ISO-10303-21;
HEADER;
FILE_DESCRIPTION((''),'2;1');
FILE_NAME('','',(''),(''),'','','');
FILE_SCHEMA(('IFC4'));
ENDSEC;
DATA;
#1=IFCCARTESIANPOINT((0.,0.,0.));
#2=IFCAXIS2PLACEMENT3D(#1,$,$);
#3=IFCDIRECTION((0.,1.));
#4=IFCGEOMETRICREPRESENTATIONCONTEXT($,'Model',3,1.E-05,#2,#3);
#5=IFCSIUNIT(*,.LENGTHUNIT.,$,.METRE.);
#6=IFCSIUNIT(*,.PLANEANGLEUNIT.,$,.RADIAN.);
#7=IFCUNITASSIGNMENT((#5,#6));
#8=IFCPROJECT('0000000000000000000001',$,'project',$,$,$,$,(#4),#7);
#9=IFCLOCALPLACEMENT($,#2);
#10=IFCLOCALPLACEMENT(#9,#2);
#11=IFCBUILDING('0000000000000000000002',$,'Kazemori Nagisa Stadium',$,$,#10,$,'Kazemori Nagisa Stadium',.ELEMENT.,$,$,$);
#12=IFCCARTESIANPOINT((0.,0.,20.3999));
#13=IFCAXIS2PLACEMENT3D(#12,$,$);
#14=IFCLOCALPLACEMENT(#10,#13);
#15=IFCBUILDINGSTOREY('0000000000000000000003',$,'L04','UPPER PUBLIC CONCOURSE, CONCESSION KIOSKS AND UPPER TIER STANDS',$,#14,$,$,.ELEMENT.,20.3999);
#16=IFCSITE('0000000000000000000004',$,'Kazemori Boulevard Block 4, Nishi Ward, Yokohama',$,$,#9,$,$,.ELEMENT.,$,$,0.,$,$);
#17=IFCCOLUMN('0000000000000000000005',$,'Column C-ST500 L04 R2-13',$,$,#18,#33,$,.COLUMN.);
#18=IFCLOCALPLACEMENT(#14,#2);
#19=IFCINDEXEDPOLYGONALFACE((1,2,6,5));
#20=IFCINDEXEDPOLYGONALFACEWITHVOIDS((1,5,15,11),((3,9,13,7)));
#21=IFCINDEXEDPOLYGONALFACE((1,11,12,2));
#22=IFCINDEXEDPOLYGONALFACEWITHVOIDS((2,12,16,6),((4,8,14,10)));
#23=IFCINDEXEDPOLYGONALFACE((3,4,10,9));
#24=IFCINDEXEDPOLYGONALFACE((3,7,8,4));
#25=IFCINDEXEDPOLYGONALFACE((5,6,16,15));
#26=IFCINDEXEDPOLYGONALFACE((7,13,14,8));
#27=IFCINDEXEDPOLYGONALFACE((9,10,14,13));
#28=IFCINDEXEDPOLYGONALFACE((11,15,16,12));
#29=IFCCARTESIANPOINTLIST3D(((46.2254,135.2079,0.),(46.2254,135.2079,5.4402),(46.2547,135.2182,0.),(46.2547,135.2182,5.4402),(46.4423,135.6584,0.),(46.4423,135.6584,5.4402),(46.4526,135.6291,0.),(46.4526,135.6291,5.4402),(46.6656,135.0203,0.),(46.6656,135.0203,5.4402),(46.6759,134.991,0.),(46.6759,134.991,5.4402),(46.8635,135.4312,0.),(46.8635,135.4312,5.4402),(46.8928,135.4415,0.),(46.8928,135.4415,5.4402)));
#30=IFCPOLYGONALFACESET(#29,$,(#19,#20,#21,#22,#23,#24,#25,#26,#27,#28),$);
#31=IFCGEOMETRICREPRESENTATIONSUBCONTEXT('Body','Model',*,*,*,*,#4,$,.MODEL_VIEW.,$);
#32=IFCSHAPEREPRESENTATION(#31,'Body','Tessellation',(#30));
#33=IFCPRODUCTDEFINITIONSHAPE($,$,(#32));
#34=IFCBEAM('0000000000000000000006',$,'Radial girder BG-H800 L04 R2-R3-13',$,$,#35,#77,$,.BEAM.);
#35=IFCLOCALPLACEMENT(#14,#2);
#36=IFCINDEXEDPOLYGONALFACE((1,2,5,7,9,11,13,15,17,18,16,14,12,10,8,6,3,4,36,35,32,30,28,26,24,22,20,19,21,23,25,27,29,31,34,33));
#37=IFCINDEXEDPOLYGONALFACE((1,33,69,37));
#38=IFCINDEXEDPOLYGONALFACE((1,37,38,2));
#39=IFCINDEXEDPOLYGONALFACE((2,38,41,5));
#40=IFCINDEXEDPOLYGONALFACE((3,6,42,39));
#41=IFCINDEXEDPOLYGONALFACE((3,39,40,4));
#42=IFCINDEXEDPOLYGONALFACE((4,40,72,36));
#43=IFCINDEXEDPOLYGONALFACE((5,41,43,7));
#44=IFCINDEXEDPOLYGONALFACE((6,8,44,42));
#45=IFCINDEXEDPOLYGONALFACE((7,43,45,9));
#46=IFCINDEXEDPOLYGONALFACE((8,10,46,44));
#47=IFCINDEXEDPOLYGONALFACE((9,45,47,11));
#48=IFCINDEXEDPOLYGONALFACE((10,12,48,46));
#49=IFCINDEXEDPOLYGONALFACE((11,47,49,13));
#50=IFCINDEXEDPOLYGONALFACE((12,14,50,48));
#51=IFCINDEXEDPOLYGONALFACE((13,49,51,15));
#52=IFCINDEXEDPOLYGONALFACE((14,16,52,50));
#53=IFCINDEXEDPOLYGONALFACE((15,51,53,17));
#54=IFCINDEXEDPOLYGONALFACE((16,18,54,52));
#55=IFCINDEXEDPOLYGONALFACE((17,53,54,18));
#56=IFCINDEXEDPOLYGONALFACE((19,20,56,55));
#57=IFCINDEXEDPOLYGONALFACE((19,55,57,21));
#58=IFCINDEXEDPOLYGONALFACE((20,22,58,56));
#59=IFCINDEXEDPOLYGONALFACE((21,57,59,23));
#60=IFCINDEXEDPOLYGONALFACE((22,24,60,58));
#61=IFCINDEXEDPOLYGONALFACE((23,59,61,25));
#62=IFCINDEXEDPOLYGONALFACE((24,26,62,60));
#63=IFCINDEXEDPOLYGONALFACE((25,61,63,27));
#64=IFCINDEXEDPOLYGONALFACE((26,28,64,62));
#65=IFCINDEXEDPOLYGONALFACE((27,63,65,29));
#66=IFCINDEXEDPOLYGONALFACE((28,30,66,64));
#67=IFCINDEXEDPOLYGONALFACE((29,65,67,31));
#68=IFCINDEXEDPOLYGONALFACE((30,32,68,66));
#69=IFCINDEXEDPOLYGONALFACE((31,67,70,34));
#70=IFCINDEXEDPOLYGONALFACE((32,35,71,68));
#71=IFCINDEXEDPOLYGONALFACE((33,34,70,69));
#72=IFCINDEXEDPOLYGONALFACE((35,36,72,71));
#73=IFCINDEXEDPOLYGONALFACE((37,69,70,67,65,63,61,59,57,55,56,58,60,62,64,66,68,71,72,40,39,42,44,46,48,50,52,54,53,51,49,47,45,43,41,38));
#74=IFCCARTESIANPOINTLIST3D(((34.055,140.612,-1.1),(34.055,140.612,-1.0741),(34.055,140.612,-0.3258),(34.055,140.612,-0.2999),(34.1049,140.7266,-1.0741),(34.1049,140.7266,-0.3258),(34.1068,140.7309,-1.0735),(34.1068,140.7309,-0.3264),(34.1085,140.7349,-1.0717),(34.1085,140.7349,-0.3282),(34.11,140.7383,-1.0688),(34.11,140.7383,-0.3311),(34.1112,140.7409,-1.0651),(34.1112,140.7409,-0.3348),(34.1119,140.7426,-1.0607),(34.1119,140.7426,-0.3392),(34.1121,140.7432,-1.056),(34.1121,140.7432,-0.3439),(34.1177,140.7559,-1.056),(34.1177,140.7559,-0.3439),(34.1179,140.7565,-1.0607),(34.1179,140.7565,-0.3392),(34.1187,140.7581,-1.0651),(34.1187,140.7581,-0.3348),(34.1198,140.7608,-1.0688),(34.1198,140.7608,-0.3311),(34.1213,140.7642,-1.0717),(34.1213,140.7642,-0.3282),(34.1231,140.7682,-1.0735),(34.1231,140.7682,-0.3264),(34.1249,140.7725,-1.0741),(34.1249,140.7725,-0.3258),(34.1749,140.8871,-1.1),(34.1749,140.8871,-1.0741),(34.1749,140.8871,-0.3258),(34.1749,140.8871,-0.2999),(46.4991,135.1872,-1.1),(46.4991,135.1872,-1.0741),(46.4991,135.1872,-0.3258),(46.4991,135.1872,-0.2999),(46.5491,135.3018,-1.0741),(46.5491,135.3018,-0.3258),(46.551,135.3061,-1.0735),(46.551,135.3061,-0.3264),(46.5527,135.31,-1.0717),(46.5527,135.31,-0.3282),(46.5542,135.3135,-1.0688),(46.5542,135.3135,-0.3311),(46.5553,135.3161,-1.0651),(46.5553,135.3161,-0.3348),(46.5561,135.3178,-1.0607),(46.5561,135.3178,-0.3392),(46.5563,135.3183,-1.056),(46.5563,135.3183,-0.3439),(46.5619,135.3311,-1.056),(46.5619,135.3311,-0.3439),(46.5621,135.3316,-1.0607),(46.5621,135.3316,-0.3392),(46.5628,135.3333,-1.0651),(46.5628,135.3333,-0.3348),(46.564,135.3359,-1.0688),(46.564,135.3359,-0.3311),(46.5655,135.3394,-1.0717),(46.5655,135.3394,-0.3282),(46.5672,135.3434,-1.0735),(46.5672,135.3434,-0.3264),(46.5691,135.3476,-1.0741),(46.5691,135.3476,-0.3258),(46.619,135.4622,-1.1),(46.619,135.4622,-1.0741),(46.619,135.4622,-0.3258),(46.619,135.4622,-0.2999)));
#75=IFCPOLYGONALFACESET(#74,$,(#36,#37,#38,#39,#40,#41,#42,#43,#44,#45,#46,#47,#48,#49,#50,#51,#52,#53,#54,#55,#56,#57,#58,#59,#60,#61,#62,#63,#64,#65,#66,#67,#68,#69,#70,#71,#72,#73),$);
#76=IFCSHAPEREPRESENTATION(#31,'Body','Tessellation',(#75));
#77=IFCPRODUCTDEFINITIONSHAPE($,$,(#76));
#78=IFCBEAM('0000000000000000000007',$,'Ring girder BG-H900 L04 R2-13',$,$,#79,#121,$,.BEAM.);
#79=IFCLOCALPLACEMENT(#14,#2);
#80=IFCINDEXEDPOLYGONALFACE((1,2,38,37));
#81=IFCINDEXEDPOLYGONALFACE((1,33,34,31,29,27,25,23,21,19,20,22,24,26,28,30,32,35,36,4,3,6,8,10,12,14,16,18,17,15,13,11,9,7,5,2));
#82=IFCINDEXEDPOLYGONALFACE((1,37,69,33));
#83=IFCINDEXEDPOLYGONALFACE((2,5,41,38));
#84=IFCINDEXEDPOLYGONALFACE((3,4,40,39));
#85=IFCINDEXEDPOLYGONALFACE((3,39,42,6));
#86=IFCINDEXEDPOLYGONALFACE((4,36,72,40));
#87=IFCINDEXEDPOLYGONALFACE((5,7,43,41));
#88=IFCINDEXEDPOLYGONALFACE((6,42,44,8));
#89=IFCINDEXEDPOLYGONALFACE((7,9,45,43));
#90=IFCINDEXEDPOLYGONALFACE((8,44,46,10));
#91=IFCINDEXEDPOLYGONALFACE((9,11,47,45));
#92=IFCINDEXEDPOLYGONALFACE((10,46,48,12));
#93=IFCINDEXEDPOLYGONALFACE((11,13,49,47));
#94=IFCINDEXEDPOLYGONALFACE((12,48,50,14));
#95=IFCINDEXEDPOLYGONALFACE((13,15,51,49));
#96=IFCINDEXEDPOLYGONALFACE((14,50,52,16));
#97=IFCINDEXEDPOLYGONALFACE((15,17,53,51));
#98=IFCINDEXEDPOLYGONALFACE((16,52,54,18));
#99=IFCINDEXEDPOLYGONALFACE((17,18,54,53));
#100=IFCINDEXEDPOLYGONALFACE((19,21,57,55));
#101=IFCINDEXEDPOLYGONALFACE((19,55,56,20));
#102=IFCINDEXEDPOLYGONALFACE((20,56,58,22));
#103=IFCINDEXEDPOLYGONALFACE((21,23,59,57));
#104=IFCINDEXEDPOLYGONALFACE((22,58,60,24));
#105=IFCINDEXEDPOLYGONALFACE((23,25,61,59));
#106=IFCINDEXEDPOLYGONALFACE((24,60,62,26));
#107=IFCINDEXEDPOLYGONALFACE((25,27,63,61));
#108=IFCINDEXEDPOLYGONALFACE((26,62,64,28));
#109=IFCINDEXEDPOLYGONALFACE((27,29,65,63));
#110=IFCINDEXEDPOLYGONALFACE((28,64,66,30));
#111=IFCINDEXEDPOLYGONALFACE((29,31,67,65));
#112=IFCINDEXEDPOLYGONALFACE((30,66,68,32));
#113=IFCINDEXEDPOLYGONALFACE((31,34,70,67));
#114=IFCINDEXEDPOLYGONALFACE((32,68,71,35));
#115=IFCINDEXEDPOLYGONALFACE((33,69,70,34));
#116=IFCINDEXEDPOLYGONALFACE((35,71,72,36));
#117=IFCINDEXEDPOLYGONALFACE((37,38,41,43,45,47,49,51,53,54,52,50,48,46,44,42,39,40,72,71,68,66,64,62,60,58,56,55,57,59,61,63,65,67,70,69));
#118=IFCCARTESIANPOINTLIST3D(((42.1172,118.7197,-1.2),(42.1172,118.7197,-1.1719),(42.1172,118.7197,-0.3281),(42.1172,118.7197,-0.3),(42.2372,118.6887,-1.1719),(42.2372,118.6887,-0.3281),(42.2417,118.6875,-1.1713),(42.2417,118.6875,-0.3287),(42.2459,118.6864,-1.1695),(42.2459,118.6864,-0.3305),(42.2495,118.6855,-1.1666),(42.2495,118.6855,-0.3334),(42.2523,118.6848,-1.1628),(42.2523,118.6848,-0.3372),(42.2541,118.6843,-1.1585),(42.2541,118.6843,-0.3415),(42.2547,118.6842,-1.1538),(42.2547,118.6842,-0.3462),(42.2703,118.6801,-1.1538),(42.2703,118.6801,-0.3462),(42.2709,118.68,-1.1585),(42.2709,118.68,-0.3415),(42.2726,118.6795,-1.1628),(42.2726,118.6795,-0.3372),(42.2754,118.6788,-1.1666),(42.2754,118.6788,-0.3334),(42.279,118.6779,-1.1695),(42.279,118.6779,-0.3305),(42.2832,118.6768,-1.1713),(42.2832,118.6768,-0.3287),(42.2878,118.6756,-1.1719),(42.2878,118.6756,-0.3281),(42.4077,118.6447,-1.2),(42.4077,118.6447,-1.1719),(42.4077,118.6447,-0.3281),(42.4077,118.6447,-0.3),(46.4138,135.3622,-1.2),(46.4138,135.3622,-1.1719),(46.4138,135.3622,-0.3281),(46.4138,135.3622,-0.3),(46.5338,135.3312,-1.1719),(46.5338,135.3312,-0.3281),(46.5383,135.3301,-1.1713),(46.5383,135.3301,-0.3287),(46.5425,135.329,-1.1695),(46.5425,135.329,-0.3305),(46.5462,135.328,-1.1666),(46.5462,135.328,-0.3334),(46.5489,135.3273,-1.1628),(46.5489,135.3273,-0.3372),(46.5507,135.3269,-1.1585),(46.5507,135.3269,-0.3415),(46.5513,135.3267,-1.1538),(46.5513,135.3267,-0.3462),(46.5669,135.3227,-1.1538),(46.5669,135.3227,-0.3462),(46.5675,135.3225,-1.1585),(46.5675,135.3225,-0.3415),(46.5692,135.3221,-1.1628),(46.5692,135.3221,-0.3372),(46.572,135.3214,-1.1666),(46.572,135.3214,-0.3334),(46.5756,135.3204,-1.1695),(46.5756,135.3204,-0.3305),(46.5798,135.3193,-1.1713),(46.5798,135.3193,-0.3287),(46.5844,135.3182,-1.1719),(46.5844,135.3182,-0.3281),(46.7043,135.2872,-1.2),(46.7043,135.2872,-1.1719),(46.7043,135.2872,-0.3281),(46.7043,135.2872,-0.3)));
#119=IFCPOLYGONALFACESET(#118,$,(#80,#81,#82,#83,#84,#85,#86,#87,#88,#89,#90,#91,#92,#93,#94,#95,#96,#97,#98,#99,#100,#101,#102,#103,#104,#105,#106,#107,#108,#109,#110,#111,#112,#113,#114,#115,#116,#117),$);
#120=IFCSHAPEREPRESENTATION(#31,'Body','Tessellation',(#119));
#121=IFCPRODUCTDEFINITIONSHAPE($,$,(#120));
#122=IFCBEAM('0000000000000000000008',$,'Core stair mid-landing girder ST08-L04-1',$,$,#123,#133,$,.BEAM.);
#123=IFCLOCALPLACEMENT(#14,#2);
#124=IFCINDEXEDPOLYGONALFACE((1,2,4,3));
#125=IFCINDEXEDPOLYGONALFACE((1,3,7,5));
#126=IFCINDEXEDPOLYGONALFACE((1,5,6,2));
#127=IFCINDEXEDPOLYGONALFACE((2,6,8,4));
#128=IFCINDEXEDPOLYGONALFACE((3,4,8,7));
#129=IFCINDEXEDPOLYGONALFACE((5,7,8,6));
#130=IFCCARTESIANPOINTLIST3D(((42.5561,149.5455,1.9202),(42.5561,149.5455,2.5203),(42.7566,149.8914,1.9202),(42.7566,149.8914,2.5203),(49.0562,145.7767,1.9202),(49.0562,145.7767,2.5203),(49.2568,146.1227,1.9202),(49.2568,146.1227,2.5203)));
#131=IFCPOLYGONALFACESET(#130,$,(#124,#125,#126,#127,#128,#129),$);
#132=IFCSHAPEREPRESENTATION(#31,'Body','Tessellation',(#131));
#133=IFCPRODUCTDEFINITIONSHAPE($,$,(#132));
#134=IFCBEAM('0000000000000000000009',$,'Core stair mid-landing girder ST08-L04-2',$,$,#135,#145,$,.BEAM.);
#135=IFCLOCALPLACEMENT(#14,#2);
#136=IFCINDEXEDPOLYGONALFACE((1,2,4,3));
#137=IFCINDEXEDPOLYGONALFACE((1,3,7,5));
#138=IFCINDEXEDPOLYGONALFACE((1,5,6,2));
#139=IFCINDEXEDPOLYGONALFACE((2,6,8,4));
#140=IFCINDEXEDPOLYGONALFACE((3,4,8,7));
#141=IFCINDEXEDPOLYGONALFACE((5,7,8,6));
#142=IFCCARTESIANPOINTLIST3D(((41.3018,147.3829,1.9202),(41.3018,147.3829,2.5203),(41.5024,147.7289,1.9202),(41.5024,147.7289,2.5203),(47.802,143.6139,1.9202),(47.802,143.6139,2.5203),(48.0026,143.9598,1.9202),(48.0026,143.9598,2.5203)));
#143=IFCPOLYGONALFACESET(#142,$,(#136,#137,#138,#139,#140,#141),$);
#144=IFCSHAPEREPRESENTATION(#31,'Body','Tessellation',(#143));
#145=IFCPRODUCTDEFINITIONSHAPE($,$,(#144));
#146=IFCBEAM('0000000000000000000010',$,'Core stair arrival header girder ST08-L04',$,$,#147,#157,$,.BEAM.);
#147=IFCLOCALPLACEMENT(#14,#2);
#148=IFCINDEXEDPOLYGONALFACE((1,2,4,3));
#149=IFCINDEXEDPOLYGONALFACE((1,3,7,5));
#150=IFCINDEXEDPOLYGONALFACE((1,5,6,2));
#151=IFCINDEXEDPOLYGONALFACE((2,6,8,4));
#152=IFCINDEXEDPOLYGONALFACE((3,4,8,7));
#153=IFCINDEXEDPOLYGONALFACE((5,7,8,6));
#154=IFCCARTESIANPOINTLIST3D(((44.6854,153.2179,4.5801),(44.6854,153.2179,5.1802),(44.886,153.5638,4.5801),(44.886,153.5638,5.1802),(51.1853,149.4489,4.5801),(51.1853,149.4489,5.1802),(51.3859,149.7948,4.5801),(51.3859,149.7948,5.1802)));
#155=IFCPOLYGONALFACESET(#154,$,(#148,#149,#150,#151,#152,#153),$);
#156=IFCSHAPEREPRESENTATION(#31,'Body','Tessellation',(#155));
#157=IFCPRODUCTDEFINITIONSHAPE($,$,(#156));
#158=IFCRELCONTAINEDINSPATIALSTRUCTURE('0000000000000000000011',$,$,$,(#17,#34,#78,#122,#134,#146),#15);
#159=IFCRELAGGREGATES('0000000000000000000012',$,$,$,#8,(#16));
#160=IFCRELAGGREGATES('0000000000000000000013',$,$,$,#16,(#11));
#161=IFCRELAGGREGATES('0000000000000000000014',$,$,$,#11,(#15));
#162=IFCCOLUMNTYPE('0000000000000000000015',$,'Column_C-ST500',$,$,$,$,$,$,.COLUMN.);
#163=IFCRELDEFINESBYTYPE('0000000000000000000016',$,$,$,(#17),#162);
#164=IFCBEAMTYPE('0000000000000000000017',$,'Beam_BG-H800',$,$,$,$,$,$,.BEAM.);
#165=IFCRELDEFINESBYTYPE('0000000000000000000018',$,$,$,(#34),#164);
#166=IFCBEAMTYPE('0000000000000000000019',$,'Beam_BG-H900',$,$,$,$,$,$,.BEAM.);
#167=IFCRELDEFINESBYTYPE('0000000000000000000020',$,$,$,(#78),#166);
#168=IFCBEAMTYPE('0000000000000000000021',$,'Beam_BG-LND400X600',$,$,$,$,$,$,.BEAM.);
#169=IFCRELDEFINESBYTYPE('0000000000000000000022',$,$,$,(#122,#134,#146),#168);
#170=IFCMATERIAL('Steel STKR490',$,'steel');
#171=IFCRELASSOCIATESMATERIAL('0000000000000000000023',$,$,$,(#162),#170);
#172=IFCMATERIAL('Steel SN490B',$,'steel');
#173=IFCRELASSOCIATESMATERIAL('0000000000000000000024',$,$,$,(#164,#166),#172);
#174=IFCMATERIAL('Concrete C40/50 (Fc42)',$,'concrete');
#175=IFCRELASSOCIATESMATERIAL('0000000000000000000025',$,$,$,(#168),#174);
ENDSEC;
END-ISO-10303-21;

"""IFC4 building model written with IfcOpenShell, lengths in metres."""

from ifc_helpers import new_model, si_unit, direction, frame, origin, origin_2d, place, context, subcontext, project, spatial, rectangle, hollow_rectangle, i_section, extrude, material, material_profile, profile_set, type_object, element, save


model = new_model("IFC4")

# Units and contexts
model_context = context("Model", 3, precision=1e-05, world=origin(), true_north=direction((0.0, 1.0)))
body_context = subcontext(model_context, "Body", "Model", "MODEL_VIEW")
ifc_project = project(units=[si_unit("LENGTHUNIT", "METRE"), si_unit("PLANEANGLEUNIT", "RADIAN")], contexts=[model_context])

# Site, building, storey
site_placement = place(None, origin())
site = spatial("IfcSite", under=ifc_project, at=site_placement, Name="Kazemori Boulevard Block 4, Nishi Ward, Yokohama", CompositionType="ELEMENT", RefElevation=0.0)
building_placement = place(site_placement, origin())
building = spatial("IfcBuilding", under=site, at=building_placement, Name="Kazemori Nagisa Stadium", LongName="Kazemori Nagisa Stadium", CompositionType="ELEMENT")
storey_placement = place(building_placement, frame((0.0, 0.0, 20.3999)))
storey = spatial("IfcBuildingStorey", under=building, at=storey_placement, Name="L04", Description="UPPER PUBLIC CONCOURSE, CONCESSION KIOSKS AND UPPER TIER STANDS", CompositionType="ELEMENT", Elevation=20.3999)

# Column
ifc_material_1 = material(Name="Steel STKR490", Category="steel")
ifc_material_profile_1 = material_profile(ifc_material_1, hollow_rectangle(XDim=0.5, YDim=0.5, WallThickness=0.022, at=origin_2d()), Name="SHS-500x500x22")
ifc_profile_set_1 = profile_set([ifc_material_profile_1], Name="Steel STKR490")
column_type = type_object("IfcColumnType", Name="Column_C-ST500", PredefinedType="COLUMN", material=ifc_profile_set_1)
column_placement = place(storey_placement, frame((46.5591, 135.3247, 0.0), z_axis=(0.0, 0.0, 1.0), x_axis=(-0.900969, 0.433884, 0.0)))
element("IfcColumn", 1, at=column_placement, inside=storey, type_object=column_type, Name="Column C-ST500 L04 R2-13", PredefinedType="COLUMN", context=body_context, shape_type="SweptSolid", body=[
    extrude(hollow_rectangle(XDim=0.5, YDim=0.5, WallThickness=0.022, at=origin_2d()), origin(), (0.0, 0.0, 1.0), 5.4402),
])

# Beams
ifc_material_2 = material(Name="Steel SN490B", Category="steel")
ifc_material_profile_2 = material_profile(ifc_material_2, i_section(OverallWidth=0.3, OverallDepth=0.8, WebThickness=0.0139, FlangeThickness=0.0259, FilletRadius=0.0181, at=origin_2d()), Name="H-800x300x14x26")
ifc_profile_set_2 = profile_set([ifc_material_profile_2], Name="Steel SN490B")
beam_type_1 = type_object("IfcBeamType", Name="Beam_BG-H800", PredefinedType="BEAM", material=ifc_profile_set_2)
beam_1_placement = place(storey_placement, frame((46.5591, 135.3247, -0.7), z_axis=(-0.916684, 0.399614, 0.0), x_axis=(-0.399614, -0.916684, 0.0)))
element("IfcBeam", 2, at=beam_1_placement, inside=storey, type_object=beam_type_1, Name="Radial girder BG-H800 L04 R2-R3-13", PredefinedType="BEAM", context=body_context, shape_type="SweptSolid", body=[
    extrude(i_section(OverallWidth=0.3, OverallDepth=0.8, WebThickness=0.0139, FlangeThickness=0.0259, FilletRadius=0.0181, at=origin_2d()), origin(), (0.0, 0.0, 1.0), 13.5752),
])
ifc_material_profile_3 = material_profile(ifc_material_2, i_section(OverallWidth=0.3, OverallDepth=0.8999, WebThickness=0.0161, FlangeThickness=0.0281, FilletRadius=0.0181, at=origin_2d()), Name="H-900x300x16x28")
ifc_profile_set_3 = profile_set([ifc_material_profile_3], Name="Steel SN490B")
beam_type_2 = type_object("IfcBeamType", Name="Beam_BG-H900", PredefinedType="BEAM", material=ifc_profile_set_3)
beam_2_placement = place(storey_placement, frame((46.5591, 135.3247, -0.75), z_axis=(-0.249975, -0.968252, 0.0), x_axis=(0.968252, -0.249975, 0.0)))
element("IfcBeam", 3, at=beam_2_placement, inside=storey, type_object=beam_type_2, Name="Ring girder BG-H900 L04 R2-13", PredefinedType="BEAM", context=body_context, shape_type="SweptSolid", body=[
    extrude(i_section(OverallWidth=0.3, OverallDepth=0.8999, WebThickness=0.0161, FlangeThickness=0.0281, FilletRadius=0.0181, at=origin_2d()), origin(), (0.0, 0.0, 1.0), 17.1882),
])
ifc_material_3 = material(Name="Concrete C40/50 (Fc42)", Category="concrete")
ifc_material_profile_4 = material_profile(ifc_material_3, rectangle(XDim=0.3999, YDim=0.6001, at=origin_2d()), Name="RC-BM-400x600")
ifc_profile_set_4 = profile_set([ifc_material_profile_4], Name="Concrete C40/50 (Fc42)")
beam_type_3 = type_object("IfcBeamType", Name="Beam_BG-LND400X600", PredefinedType="BEAM", material=ifc_profile_set_4)
beam_3_placement = place(storey_placement, frame((49.1565, 145.9497, 2.2202), z_axis=(-0.865109, 0.501584, 0.0), x_axis=(-0.501584, -0.865109, 0.0)))
element("IfcBeam", 4, at=beam_3_placement, inside=storey, type_object=beam_type_3, Name="Core stair mid-landing girder ST08-L04-1", PredefinedType="BEAM", context=body_context, shape_type="SweptSolid", body=[
    extrude(rectangle(XDim=0.3999, YDim=0.6001, at=origin_2d()), origin(), (0.0, 0.0, 1.0), 7.5137),
])
beam_4_placement = place(storey_placement, frame((47.9023, 143.7869, 2.2202), z_axis=(-0.865095, 0.501609, 0.0), x_axis=(-0.501609, -0.865095, 0.0)))
element("IfcBeam", 5, at=beam_4_placement, inside=storey, type_object=beam_type_3, Name="Core stair mid-landing girder ST08-L04-2", PredefinedType="BEAM", context=body_context, shape_type="SweptSolid", body=[
    extrude(rectangle(XDim=0.3999, YDim=0.6001, at=origin_2d()), origin(), (0.0, 0.0, 1.0), 7.5139),
])
beam_5_placement = place(storey_placement, frame((51.2856, 149.6218, 4.8801), z_axis=(-0.865086, 0.501623, 0.0), x_axis=(-0.501623, -0.865086, 0.0)))
element("IfcBeam", 6, at=beam_5_placement, inside=storey, type_object=beam_type_3, Name="Core stair arrival header girder ST08-L04", PredefinedType="BEAM", context=body_context, shape_type="SweptSolid", body=[
    extrude(rectangle(XDim=0.3999, YDim=0.6001, at=origin_2d()), origin(), (0.0, 0.0, 1.0), 7.5137),
])

save(model, "model.ifc")
